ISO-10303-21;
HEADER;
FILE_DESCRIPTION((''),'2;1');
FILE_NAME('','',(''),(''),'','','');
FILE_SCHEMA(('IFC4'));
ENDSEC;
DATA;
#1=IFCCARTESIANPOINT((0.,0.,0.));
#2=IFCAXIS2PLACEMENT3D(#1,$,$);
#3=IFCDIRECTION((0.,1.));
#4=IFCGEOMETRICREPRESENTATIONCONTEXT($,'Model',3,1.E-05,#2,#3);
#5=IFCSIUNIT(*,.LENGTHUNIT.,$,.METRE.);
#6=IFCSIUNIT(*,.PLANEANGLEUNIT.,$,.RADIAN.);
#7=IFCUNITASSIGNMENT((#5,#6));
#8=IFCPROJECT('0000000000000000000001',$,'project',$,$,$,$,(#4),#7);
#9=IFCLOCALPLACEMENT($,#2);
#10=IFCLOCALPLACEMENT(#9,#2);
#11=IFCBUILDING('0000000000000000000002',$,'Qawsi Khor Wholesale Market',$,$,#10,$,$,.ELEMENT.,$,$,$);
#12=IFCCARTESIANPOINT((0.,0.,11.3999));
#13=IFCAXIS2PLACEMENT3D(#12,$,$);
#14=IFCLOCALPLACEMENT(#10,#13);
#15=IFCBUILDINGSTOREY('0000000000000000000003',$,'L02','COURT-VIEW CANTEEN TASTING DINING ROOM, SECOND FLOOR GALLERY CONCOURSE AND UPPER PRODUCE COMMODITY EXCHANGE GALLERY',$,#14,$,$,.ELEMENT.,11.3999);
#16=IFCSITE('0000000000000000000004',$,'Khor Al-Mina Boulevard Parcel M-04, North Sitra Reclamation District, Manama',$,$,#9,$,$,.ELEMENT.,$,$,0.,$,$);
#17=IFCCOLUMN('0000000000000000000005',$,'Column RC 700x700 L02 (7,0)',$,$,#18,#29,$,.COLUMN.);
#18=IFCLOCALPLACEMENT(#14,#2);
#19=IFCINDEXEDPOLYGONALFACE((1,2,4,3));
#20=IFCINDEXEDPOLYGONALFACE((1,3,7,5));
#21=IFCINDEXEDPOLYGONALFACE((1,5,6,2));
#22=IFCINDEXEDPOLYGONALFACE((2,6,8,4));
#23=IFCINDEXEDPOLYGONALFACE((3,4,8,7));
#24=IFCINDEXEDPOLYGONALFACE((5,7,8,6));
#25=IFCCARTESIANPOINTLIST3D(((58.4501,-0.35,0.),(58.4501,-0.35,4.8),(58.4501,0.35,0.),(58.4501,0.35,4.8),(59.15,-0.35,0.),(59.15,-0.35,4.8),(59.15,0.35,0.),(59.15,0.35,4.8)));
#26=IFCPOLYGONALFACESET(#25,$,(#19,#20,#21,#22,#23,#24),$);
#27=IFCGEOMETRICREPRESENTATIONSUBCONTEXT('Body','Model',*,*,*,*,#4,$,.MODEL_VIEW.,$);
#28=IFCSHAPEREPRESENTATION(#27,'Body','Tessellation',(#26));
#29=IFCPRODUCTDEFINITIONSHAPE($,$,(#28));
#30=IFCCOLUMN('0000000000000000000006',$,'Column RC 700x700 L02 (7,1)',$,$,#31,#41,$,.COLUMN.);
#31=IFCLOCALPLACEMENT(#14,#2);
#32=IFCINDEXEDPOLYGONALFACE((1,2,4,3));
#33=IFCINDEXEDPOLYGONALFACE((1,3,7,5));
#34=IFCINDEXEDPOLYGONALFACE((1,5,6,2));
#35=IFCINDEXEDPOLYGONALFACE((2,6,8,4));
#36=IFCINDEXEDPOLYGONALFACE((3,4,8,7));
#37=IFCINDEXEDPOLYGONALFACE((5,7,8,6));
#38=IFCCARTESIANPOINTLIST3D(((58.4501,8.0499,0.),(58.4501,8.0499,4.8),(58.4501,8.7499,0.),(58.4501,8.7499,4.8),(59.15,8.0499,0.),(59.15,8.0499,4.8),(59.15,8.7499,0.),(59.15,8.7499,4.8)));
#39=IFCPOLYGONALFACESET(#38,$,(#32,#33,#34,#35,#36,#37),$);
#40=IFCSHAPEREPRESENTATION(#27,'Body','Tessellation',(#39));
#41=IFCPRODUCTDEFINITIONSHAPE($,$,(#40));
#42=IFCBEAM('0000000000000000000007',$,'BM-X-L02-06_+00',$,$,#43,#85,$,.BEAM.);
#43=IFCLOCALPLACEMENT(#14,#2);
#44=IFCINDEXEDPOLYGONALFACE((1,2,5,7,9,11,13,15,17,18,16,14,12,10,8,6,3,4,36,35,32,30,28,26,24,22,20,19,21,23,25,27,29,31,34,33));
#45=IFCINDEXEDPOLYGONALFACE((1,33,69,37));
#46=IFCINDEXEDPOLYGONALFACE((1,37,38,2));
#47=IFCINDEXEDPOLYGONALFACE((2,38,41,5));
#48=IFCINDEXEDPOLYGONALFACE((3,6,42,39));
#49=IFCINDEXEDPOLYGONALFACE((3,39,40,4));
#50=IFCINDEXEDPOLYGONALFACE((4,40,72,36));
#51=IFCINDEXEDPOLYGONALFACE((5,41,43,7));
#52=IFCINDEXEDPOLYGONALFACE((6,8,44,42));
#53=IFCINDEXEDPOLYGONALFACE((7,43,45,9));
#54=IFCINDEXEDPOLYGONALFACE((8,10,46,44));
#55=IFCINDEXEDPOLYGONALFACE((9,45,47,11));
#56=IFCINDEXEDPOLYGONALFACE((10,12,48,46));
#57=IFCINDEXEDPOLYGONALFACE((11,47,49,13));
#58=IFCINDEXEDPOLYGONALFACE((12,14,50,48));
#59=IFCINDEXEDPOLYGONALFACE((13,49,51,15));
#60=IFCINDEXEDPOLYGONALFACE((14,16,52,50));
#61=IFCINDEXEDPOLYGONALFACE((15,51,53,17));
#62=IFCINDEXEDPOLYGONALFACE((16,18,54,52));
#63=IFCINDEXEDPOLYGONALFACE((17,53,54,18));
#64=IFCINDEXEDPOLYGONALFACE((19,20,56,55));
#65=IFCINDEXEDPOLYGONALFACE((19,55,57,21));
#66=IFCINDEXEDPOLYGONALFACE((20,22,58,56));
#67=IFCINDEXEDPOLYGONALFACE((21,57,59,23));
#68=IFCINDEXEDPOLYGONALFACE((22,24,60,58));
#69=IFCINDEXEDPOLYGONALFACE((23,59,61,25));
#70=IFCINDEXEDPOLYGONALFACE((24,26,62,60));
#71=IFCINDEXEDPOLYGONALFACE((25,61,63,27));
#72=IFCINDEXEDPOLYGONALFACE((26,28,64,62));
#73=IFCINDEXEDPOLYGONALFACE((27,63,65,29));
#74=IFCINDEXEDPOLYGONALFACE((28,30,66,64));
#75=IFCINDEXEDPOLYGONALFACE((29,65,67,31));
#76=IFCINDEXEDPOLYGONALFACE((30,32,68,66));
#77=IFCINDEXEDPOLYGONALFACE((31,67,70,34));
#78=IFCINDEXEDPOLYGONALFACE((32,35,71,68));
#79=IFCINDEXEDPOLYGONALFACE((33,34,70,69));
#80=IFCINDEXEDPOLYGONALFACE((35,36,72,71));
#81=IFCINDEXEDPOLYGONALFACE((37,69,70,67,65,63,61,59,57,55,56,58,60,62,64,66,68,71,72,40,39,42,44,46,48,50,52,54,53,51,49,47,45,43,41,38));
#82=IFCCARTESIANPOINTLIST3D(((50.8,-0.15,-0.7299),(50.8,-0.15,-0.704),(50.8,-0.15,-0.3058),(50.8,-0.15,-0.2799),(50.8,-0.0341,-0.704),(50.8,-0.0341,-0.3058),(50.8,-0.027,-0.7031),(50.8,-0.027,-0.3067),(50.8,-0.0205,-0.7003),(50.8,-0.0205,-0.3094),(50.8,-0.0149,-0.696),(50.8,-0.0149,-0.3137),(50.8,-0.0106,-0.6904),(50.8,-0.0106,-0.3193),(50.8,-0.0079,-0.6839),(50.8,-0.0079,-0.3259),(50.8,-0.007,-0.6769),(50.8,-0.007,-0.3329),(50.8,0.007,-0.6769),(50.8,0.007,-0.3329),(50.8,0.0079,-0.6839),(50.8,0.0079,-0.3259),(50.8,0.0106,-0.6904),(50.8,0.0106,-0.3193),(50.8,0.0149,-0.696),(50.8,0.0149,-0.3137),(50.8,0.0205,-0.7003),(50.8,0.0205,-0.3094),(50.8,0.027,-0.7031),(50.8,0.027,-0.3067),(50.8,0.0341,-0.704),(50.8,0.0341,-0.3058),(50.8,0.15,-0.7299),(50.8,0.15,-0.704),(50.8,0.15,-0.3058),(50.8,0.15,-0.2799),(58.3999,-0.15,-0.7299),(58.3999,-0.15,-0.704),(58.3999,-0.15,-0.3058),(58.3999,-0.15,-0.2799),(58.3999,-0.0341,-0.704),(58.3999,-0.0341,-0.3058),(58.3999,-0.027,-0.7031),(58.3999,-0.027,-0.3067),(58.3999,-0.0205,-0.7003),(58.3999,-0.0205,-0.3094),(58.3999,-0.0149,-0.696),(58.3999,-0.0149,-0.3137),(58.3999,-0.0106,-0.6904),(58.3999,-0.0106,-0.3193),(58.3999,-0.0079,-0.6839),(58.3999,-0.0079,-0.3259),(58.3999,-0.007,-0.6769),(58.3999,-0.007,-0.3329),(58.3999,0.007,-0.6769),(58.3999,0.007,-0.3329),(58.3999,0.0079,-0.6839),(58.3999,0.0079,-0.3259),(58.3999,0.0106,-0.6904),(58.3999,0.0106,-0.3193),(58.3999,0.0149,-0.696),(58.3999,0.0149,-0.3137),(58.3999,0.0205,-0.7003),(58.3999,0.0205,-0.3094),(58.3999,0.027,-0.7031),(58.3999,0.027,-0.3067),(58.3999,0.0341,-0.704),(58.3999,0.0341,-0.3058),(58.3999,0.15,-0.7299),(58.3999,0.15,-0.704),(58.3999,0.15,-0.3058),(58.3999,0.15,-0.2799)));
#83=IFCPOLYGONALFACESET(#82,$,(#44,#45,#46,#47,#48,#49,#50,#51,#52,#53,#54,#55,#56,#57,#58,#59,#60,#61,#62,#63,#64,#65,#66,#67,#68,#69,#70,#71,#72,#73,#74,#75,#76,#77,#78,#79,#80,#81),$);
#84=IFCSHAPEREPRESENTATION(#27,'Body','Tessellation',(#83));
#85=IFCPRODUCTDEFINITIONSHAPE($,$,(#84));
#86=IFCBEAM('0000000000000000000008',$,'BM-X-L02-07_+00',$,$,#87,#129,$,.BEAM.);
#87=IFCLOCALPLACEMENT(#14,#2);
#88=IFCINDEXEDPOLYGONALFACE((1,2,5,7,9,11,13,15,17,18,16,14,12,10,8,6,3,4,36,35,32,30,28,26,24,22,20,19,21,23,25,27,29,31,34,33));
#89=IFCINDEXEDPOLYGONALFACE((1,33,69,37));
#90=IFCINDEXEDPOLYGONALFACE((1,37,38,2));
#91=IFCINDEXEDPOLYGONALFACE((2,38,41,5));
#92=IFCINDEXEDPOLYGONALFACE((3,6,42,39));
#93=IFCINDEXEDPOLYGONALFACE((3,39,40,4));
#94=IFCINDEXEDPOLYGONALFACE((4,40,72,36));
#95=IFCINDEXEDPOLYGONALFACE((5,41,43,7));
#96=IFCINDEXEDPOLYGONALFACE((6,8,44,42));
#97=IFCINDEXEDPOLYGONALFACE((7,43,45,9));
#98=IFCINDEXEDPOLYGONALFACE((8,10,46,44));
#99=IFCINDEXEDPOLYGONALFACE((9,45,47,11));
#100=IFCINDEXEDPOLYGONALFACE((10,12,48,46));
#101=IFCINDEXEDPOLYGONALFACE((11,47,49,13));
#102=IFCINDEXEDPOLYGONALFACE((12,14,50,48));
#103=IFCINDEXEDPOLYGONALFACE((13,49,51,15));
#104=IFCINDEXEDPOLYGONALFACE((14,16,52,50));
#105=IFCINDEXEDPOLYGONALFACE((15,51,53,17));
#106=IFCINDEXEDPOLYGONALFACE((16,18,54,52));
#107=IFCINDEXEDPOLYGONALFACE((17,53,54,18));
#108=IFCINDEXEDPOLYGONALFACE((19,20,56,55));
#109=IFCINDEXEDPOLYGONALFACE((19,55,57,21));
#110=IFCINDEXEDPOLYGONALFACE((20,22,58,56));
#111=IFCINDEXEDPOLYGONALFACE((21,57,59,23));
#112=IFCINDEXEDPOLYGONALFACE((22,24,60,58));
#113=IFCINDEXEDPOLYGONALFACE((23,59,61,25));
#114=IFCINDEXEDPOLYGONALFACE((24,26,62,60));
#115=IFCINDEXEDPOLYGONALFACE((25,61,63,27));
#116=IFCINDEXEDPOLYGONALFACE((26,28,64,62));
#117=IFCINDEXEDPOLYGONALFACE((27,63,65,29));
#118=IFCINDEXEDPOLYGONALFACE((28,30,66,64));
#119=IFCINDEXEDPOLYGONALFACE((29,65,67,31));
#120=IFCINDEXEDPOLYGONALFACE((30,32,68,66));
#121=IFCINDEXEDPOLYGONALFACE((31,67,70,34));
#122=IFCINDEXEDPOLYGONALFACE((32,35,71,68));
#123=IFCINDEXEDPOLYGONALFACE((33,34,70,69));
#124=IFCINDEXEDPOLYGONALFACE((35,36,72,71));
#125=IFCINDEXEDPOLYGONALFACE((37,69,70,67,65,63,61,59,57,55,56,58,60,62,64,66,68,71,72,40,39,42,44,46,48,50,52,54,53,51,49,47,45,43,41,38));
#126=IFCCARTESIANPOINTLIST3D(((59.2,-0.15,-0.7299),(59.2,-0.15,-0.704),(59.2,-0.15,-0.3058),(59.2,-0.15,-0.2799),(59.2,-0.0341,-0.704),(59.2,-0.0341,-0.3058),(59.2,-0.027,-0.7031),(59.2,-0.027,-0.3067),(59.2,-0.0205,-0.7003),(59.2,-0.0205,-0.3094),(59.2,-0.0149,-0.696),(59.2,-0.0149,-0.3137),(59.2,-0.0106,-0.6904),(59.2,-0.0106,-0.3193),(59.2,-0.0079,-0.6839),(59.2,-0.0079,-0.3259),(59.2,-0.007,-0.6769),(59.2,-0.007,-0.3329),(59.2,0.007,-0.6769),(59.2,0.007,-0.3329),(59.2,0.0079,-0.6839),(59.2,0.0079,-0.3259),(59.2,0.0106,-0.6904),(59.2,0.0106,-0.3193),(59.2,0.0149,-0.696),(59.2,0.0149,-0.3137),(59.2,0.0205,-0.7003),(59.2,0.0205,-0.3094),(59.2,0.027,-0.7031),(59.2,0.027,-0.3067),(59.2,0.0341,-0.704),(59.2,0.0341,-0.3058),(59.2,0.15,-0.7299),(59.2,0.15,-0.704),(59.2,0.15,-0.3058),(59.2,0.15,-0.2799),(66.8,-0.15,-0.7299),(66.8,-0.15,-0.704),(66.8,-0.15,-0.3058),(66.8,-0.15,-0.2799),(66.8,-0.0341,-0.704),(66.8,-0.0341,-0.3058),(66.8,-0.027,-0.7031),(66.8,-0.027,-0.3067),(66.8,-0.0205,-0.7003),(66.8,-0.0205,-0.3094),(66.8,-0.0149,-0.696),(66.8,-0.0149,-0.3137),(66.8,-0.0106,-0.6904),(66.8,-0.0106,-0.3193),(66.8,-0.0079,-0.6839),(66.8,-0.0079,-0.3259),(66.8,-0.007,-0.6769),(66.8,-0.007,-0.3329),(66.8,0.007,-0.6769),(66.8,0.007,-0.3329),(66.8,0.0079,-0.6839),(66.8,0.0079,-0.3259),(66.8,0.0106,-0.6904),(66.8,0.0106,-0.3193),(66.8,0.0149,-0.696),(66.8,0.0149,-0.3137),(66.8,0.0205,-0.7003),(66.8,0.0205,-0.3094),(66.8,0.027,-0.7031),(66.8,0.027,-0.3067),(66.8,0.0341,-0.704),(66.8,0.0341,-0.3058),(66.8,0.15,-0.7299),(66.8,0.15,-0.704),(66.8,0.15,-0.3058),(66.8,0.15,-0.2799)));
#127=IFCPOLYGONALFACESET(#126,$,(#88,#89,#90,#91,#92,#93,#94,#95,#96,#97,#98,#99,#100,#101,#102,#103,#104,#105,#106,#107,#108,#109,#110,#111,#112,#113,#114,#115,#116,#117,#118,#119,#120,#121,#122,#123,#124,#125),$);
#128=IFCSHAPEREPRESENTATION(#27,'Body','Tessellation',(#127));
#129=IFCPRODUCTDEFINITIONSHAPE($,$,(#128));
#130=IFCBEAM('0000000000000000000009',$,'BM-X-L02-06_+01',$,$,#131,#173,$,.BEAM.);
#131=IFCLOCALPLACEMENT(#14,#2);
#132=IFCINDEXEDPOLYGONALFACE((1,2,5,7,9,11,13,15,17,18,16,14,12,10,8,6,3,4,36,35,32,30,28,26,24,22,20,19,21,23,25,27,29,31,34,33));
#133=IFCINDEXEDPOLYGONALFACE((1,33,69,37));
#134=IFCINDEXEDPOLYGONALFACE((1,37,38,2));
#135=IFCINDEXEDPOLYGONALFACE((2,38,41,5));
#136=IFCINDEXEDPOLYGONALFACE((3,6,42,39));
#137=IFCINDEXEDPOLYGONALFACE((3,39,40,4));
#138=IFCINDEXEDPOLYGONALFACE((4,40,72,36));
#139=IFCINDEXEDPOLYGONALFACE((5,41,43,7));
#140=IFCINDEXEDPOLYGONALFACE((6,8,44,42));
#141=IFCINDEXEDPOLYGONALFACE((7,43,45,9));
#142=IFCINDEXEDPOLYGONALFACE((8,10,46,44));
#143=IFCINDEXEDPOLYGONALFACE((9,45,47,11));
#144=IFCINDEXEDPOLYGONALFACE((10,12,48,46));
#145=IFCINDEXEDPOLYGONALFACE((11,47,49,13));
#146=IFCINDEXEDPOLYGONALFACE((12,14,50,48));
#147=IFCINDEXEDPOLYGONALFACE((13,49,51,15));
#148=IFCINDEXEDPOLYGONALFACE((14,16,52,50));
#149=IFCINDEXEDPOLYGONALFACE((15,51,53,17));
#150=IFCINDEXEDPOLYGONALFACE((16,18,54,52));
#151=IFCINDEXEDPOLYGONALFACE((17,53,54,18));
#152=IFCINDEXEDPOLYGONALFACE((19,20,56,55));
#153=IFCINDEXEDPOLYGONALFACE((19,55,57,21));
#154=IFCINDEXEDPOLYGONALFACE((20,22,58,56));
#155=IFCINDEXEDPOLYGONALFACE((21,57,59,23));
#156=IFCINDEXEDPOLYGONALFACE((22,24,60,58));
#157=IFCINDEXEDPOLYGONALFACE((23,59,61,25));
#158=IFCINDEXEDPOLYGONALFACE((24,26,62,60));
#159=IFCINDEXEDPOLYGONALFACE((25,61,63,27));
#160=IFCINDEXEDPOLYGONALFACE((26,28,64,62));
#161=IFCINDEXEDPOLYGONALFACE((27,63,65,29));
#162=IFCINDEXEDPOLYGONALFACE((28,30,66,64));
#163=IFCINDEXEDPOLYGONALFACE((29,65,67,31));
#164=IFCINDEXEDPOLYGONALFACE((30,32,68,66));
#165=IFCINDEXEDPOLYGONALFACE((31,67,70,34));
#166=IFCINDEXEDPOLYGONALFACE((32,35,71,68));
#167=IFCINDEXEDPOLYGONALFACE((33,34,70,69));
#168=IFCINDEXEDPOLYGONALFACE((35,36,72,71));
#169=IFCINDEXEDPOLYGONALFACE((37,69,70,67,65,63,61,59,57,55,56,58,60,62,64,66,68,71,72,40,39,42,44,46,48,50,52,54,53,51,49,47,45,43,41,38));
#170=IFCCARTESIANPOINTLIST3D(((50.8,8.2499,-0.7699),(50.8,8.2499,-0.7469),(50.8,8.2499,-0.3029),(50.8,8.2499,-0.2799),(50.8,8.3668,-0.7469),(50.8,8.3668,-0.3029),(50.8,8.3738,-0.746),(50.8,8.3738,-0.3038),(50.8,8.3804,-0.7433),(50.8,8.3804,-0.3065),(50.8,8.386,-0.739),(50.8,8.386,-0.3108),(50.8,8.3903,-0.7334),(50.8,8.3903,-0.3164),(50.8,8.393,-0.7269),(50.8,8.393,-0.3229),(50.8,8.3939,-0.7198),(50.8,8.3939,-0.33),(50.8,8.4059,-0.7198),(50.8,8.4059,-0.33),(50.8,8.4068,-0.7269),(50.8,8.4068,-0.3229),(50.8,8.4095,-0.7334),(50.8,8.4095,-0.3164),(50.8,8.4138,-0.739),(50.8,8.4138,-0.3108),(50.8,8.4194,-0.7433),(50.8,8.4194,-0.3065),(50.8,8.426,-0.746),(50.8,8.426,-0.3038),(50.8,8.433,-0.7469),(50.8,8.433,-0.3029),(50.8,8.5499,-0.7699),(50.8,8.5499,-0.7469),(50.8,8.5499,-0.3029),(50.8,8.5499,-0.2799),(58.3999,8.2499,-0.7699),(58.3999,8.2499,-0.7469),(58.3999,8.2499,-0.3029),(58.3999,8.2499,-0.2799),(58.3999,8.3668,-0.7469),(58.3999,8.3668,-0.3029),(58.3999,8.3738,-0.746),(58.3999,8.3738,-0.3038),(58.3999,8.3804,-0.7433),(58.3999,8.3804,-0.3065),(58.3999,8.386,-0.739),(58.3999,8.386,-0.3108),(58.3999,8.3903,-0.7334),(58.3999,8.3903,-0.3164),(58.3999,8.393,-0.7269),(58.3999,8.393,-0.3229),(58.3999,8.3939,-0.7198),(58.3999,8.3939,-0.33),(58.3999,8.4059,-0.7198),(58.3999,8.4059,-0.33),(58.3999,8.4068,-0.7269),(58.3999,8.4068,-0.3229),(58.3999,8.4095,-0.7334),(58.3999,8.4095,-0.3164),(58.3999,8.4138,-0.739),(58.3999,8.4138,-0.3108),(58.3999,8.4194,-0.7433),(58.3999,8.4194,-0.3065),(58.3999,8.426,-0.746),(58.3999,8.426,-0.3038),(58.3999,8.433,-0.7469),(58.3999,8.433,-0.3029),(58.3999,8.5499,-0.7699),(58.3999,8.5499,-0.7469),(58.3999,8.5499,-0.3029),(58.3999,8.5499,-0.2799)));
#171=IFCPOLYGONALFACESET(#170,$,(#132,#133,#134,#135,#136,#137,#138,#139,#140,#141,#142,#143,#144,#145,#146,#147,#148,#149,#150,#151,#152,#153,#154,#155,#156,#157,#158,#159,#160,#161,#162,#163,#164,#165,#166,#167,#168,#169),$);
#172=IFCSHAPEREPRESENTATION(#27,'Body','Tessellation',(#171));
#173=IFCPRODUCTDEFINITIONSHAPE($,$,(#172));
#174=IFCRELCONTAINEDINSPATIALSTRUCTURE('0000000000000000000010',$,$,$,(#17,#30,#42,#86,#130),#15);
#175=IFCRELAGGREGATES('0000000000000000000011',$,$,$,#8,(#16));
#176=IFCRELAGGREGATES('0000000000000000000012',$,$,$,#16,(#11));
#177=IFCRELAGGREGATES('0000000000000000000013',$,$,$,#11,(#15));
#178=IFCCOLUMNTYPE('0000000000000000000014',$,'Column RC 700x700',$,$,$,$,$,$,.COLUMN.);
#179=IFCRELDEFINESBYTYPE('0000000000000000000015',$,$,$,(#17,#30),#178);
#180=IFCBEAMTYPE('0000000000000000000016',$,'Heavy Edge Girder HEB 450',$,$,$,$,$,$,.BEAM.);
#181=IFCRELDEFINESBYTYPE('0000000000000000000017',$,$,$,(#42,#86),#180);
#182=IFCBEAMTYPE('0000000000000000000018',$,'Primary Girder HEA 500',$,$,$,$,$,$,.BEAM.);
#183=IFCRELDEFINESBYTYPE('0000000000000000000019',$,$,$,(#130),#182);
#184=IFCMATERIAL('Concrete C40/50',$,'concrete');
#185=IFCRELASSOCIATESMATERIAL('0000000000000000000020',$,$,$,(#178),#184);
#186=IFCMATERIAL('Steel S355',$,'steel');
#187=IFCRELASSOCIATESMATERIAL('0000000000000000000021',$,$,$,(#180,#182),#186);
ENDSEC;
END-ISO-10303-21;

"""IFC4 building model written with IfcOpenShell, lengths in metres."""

from ifc_helpers import new_model, si_unit, direction, frame, origin, origin_2d, place, context, subcontext, project, spatial, rectangle, i_section, extrude, material, material_profile, profile_set, type_object, element, save


model = new_model("IFC4")

# Units and contexts
model_context = context("Model", 3, precision=1e-05, world=origin(), true_north=direction((0.0, 1.0)))
body_context = subcontext(model_context, "Body", "Model", "MODEL_VIEW")
ifc_project = project(units=[si_unit("LENGTHUNIT", "METRE"), si_unit("PLANEANGLEUNIT", "RADIAN")], contexts=[model_context])

# Site, building, storey
site_placement = place(None, origin())
site = spatial("IfcSite", under=ifc_project, at=site_placement, Name="Khor Al-Mina Boulevard Parcel M-04, North Sitra Reclamation District, Manama", CompositionType="ELEMENT", RefElevation=0.0)
building_placement = place(site_placement, origin())
building = spatial("IfcBuilding", under=site, at=building_placement, Name="Qawsi Khor Wholesale Market", CompositionType="ELEMENT")
storey_placement = place(building_placement, frame((0.0, 0.0, 11.3999)))
storey = spatial("IfcBuildingStorey", under=building, at=storey_placement, Name="L02", Description="COURT-VIEW CANTEEN TASTING DINING ROOM, SECOND FLOOR GALLERY CONCOURSE AND UPPER PRODUCE COMMODITY EXCHANGE GALLERY", CompositionType="ELEMENT", Elevation=11.3999)

# Columns
ifc_material_1 = material(Name="Concrete C40/50", Category="concrete")
ifc_material_profile_1 = material_profile(ifc_material_1, rectangle(XDim=0.7, YDim=0.7, at=origin_2d()), Name="RC 700x700")
ifc_profile_set_1 = profile_set([ifc_material_profile_1], Name="Concrete C40/50")
column_type = type_object("IfcColumnType", Name="Column RC 700x700", PredefinedType="COLUMN", material=ifc_profile_set_1)
for number, where, z_axis, x_axis, name in (
    (1, (58.8, 0.0, 0.0), (0.0, 0.0, 1.0), (1.0, 0.0, 0.0), "Column RC 700x700 L02 (7,0)"),
    (2, (58.8, 8.3999, 0.0), (0.0, 0.0, 1.0), (1.0, 0.0, 0.0), "Column RC 700x700 L02 (7,1)"),
):
    element("IfcColumn", number, at=place(storey_placement, frame(where, z_axis=z_axis, x_axis=x_axis)), inside=storey, type_object=column_type, Name=name, PredefinedType="COLUMN", context=body_context, shape_type="SweptSolid", body=[
        extrude(rectangle(XDim=0.7, YDim=0.7, at=origin_2d()), origin(), (0.0, 0.0, 1.0), 4.8),
    ])

# Beams
ifc_material_2 = material(Name="Steel S355", Category="steel")
ifc_material_profile_2 = material_profile(ifc_material_2, i_section(OverallWidth=0.3, OverallDepth=0.45, WebThickness=0.0139, FlangeThickness=0.0259, FilletRadius=0.0271, at=origin_2d()), Name="HEB 450")
ifc_profile_set_2 = profile_set([ifc_material_profile_2], Name="Steel S355")
beam_type_1 = type_object("IfcBeamType", Name="Heavy Edge Girder HEB 450", PredefinedType="BEAM", material=ifc_profile_set_2)
beam_1_placement = place(storey_placement, frame((50.8, 0.0, -0.5049), z_axis=(1.0, 0.0, 0.0), x_axis=(0.0, 1.0, 0.0)))
element("IfcBeam", 3, at=beam_1_placement, inside=storey, type_object=beam_type_1, Name="BM-X-L02-06_+00", PredefinedType="BEAM", context=body_context, shape_type="SweptSolid", body=[
    extrude(i_section(OverallWidth=0.3, OverallDepth=0.45, WebThickness=0.0139, FlangeThickness=0.0259, FilletRadius=0.0271, at=origin_2d()), origin(), (0.0, 0.0, 1.0), 7.5999),
])
beam_2_placement = place(storey_placement, frame((59.2, 0.0, -0.5049), z_axis=(1.0, 0.0, 0.0), x_axis=(0.0, 1.0, 0.0)))
element("IfcBeam", 4, at=beam_2_placement, inside=storey, type_object=beam_type_1, Name="BM-X-L02-07_+00", PredefinedType="BEAM", context=body_context, shape_type="SweptSolid", body=[
    extrude(i_section(OverallWidth=0.3, OverallDepth=0.45, WebThickness=0.0139, FlangeThickness=0.0259, FilletRadius=0.0271, at=origin_2d()), origin(), (0.0, 0.0, 1.0), 7.6001),
])
ifc_material_profile_3 = material_profile(ifc_material_2, i_section(OverallWidth=0.3, OverallDepth=0.49, WebThickness=0.012, FlangeThickness=0.0229, FilletRadius=0.0271, at=origin_2d()), Name="HEA 500")
ifc_profile_set_3 = profile_set([ifc_material_profile_3], Name="Steel S355")
beam_type_2 = type_object("IfcBeamType", Name="Primary Girder HEA 500", PredefinedType="BEAM", material=ifc_profile_set_3)
beam_3_placement = place(storey_placement, frame((50.8, 8.3999, -0.5249), z_axis=(1.0, 0.0, 0.0), x_axis=(0.0, 1.0, 0.0)))
element("IfcBeam", 5, at=beam_3_placement, inside=storey, type_object=beam_type_2, Name="BM-X-L02-06_+01", PredefinedType="BEAM", context=body_context, shape_type="SweptSolid", body=[
    extrude(i_section(OverallWidth=0.3, OverallDepth=0.49, WebThickness=0.012, FlangeThickness=0.0229, FilletRadius=0.0271, at=origin_2d()), origin(), (0.0, 0.0, 1.0), 7.5999),
])

save(model, "model.ifc")
